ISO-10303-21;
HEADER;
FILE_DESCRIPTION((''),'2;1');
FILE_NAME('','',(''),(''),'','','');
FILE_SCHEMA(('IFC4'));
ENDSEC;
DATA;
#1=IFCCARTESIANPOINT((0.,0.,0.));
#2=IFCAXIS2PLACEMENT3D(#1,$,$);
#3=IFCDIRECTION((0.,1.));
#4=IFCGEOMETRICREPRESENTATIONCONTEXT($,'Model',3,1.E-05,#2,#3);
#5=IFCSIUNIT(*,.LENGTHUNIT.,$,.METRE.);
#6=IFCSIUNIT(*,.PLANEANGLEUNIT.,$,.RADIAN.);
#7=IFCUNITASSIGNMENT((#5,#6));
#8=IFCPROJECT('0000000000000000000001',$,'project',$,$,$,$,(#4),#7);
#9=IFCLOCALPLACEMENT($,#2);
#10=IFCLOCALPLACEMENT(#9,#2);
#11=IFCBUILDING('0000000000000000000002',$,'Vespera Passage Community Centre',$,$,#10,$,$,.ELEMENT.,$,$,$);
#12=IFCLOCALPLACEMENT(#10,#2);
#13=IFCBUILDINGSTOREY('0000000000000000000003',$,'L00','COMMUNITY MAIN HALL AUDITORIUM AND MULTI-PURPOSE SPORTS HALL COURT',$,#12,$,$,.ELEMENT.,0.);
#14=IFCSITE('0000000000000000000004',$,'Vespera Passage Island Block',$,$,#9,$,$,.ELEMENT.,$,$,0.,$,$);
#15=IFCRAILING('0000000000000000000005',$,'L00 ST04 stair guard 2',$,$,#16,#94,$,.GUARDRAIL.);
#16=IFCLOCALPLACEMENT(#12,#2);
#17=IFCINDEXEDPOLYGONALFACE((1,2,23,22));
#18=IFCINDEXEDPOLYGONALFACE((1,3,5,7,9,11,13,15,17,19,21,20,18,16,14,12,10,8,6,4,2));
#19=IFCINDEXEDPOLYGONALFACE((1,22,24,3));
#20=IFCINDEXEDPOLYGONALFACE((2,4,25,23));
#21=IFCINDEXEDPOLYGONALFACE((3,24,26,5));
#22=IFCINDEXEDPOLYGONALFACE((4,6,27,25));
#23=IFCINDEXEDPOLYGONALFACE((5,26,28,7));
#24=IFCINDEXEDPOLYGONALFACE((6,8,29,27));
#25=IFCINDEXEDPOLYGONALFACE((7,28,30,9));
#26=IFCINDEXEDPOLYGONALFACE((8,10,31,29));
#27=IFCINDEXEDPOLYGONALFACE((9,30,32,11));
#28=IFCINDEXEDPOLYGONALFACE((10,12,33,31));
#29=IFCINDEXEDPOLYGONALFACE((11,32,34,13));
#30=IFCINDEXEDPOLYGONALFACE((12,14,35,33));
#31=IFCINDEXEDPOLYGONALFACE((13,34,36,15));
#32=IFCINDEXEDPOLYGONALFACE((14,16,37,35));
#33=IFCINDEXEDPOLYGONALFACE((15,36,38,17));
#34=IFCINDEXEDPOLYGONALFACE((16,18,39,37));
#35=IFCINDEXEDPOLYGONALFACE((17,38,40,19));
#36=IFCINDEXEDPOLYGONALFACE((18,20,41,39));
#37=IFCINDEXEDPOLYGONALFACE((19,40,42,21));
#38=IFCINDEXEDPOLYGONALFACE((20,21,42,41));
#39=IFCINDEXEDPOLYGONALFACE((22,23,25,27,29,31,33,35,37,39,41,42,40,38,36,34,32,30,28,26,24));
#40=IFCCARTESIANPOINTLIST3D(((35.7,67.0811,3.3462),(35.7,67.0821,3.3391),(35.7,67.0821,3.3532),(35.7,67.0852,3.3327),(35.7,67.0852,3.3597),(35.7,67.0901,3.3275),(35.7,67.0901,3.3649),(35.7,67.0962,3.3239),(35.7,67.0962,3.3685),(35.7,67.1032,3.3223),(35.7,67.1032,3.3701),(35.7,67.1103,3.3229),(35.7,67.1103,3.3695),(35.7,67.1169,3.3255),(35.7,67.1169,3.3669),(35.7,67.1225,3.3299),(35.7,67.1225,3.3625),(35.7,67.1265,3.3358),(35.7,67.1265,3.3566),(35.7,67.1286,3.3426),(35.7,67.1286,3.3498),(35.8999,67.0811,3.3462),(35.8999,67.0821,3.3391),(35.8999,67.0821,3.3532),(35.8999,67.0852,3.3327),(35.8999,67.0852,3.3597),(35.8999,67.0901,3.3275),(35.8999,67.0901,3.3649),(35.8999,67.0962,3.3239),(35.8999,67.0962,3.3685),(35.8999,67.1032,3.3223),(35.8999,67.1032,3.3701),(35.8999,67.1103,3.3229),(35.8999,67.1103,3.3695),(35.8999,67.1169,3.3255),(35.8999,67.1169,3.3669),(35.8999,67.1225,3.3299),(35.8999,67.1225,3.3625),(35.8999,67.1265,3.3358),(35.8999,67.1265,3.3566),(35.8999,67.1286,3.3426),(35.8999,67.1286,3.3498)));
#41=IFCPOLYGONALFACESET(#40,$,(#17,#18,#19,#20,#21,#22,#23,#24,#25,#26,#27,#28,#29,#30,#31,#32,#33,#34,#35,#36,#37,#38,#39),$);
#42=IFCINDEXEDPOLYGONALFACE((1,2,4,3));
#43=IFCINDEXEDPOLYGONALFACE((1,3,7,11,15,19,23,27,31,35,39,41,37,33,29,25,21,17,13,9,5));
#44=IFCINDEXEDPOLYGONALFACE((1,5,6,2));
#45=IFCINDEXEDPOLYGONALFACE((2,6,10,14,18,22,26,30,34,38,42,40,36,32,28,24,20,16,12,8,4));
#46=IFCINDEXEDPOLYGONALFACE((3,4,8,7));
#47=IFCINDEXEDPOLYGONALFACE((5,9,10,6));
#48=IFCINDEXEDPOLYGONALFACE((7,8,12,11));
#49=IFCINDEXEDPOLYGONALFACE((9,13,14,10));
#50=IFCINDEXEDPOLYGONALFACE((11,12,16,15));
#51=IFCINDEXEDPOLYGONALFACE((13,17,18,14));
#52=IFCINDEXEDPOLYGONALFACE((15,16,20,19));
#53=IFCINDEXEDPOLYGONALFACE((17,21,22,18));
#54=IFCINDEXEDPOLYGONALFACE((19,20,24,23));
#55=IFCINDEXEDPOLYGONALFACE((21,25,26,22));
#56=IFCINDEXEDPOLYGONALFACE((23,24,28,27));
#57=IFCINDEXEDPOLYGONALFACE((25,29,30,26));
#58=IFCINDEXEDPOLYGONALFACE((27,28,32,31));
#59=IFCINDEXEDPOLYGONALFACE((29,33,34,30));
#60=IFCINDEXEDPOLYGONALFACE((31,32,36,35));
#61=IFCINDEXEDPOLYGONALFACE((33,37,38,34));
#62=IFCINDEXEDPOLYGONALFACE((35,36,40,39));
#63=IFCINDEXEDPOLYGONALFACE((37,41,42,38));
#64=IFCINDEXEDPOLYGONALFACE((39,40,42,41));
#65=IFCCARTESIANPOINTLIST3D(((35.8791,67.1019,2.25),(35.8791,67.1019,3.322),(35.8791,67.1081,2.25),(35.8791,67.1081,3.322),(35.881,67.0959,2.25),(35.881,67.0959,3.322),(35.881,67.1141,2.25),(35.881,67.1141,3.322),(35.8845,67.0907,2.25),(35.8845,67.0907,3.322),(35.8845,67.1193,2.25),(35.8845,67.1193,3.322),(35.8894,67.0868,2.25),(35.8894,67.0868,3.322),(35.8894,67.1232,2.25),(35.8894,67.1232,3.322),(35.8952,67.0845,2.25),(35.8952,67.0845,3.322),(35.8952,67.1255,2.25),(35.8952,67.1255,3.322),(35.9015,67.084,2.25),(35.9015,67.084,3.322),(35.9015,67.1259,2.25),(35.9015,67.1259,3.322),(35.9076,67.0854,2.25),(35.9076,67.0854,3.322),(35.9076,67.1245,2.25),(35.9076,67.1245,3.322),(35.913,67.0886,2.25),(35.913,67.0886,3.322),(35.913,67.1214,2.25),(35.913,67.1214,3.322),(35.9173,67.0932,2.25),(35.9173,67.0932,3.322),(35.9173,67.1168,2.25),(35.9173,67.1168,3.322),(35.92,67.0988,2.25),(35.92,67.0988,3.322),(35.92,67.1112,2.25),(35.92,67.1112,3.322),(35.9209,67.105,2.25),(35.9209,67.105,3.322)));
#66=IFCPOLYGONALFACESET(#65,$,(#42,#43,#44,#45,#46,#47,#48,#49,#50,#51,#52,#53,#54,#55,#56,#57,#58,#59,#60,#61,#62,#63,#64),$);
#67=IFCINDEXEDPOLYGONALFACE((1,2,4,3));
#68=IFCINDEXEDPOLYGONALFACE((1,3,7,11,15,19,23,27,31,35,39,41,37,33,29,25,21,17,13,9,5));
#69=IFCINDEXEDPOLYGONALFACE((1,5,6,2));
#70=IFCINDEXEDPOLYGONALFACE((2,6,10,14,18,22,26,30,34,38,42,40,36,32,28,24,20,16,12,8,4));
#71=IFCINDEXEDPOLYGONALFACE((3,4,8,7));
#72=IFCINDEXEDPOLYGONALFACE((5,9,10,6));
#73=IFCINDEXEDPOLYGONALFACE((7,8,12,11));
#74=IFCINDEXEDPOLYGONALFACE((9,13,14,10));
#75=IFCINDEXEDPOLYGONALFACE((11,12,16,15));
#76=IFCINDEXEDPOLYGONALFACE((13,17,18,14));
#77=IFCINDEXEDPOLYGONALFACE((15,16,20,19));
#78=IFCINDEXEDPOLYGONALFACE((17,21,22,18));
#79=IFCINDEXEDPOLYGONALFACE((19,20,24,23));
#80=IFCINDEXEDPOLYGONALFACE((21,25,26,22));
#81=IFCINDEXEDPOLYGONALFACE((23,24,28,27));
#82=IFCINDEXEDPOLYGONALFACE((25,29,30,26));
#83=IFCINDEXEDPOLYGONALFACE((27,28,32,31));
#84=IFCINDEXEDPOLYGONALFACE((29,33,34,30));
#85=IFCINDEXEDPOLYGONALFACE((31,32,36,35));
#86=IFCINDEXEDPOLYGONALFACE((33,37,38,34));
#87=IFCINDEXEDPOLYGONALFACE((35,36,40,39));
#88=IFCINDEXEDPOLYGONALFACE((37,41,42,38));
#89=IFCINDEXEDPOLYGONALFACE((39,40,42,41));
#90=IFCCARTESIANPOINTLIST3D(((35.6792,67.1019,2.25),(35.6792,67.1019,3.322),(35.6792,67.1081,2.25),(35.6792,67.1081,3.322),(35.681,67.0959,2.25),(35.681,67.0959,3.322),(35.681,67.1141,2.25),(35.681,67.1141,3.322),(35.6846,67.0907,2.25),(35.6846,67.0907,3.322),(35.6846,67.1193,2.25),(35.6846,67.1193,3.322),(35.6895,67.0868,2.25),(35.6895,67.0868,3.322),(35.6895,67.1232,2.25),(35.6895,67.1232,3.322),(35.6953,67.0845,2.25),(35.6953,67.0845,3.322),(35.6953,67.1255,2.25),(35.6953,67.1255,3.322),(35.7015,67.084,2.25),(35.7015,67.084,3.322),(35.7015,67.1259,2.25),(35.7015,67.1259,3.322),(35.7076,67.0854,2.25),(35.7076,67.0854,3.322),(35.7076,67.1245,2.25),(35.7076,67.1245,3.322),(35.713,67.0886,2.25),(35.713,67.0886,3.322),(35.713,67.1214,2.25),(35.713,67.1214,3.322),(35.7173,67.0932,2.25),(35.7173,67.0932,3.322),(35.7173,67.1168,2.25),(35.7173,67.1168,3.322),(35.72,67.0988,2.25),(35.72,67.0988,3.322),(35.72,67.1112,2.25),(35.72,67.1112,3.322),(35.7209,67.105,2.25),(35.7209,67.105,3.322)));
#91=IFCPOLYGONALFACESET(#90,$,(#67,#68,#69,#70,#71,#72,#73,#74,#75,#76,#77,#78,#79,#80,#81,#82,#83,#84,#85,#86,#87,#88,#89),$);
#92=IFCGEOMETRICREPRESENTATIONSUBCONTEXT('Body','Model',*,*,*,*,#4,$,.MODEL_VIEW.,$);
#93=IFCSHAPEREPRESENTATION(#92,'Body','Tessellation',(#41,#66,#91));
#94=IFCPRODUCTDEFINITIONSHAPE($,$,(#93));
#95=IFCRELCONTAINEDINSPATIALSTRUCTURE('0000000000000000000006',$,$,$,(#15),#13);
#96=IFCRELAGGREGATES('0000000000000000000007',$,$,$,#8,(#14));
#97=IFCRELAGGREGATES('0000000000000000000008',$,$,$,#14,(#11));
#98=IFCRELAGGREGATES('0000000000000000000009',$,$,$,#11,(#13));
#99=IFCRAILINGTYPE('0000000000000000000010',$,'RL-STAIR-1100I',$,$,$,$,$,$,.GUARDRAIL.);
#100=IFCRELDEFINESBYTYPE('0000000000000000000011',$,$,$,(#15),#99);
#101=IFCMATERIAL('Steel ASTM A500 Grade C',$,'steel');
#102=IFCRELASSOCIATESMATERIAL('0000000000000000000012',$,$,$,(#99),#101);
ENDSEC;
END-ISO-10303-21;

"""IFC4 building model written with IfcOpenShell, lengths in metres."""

from ifc_helpers import new_model, si_unit, direction, frame, origin, origin_2d, place, context, subcontext, project, spatial, circle, extrude, material, type_object, element, save


model = new_model("IFC4")

# Units and contexts
model_context = context("Model", 3, precision=1e-05, world=origin(), true_north=direction((0.0, 1.0)))
body_context = subcontext(model_context, "Body", "Model", "MODEL_VIEW")
ifc_project = project(units=[si_unit("LENGTHUNIT", "METRE"), si_unit("PLANEANGLEUNIT", "RADIAN")], contexts=[model_context])

# Site, building, storey
site_placement = place(None, origin())
site = spatial("IfcSite", under=ifc_project, at=site_placement, Name="Vespera Passage Island Block", CompositionType="ELEMENT", RefElevation=0.0)
building_placement = place(site_placement, origin())
building = spatial("IfcBuilding", under=site, at=building_placement, Name="Vespera Passage Community Centre", CompositionType="ELEMENT")
storey_placement = place(building_placement, origin())
storey = spatial("IfcBuildingStorey", under=building, at=storey_placement, Name="L00", Description="COMMUNITY MAIN HALL AUDITORIUM AND MULTI-PURPOSE SPORTS HALL COURT", CompositionType="ELEMENT", Elevation=0.0)

# Railing
ifc_material_1 = material(Name="Steel ASTM A500 Grade C", Category="steel")
railing_type_1 = type_object("IfcRailingType", Name="RL-STAIR-1100I", PredefinedType="GUARDRAIL", material=ifc_material_1)
railing_1_placement = place(storey_placement, frame((35.8999, 67.105, 2.25)))
element("IfcRailing", 1, at=railing_1_placement, inside=storey, type_object=railing_type_1, Name="L00 ST04 stair guard 2", PredefinedType="GUARDRAIL", context=body_context, shape_type="SweptSolid", body=[
    extrude(circle(Radius=0.0239, at=origin_2d()), frame((0.0, 0.0, 1.0962), z_axis=(-1.0, 0.0, 0.0), x_axis=(0.0, -1.0, 0.0)), (0.0, 0.0, 1.0), 0.2),
    extrude(circle(Radius=0.021, at=origin_2d()), origin(), (0.0, 0.0, 1.0), 1.072),
    extrude(circle(Radius=0.021, at=origin_2d()), frame((-0.2, 0.0, 0.0)), (0.0, 0.0, 1.0), 1.072),
])

save(model, "model.ifc")
